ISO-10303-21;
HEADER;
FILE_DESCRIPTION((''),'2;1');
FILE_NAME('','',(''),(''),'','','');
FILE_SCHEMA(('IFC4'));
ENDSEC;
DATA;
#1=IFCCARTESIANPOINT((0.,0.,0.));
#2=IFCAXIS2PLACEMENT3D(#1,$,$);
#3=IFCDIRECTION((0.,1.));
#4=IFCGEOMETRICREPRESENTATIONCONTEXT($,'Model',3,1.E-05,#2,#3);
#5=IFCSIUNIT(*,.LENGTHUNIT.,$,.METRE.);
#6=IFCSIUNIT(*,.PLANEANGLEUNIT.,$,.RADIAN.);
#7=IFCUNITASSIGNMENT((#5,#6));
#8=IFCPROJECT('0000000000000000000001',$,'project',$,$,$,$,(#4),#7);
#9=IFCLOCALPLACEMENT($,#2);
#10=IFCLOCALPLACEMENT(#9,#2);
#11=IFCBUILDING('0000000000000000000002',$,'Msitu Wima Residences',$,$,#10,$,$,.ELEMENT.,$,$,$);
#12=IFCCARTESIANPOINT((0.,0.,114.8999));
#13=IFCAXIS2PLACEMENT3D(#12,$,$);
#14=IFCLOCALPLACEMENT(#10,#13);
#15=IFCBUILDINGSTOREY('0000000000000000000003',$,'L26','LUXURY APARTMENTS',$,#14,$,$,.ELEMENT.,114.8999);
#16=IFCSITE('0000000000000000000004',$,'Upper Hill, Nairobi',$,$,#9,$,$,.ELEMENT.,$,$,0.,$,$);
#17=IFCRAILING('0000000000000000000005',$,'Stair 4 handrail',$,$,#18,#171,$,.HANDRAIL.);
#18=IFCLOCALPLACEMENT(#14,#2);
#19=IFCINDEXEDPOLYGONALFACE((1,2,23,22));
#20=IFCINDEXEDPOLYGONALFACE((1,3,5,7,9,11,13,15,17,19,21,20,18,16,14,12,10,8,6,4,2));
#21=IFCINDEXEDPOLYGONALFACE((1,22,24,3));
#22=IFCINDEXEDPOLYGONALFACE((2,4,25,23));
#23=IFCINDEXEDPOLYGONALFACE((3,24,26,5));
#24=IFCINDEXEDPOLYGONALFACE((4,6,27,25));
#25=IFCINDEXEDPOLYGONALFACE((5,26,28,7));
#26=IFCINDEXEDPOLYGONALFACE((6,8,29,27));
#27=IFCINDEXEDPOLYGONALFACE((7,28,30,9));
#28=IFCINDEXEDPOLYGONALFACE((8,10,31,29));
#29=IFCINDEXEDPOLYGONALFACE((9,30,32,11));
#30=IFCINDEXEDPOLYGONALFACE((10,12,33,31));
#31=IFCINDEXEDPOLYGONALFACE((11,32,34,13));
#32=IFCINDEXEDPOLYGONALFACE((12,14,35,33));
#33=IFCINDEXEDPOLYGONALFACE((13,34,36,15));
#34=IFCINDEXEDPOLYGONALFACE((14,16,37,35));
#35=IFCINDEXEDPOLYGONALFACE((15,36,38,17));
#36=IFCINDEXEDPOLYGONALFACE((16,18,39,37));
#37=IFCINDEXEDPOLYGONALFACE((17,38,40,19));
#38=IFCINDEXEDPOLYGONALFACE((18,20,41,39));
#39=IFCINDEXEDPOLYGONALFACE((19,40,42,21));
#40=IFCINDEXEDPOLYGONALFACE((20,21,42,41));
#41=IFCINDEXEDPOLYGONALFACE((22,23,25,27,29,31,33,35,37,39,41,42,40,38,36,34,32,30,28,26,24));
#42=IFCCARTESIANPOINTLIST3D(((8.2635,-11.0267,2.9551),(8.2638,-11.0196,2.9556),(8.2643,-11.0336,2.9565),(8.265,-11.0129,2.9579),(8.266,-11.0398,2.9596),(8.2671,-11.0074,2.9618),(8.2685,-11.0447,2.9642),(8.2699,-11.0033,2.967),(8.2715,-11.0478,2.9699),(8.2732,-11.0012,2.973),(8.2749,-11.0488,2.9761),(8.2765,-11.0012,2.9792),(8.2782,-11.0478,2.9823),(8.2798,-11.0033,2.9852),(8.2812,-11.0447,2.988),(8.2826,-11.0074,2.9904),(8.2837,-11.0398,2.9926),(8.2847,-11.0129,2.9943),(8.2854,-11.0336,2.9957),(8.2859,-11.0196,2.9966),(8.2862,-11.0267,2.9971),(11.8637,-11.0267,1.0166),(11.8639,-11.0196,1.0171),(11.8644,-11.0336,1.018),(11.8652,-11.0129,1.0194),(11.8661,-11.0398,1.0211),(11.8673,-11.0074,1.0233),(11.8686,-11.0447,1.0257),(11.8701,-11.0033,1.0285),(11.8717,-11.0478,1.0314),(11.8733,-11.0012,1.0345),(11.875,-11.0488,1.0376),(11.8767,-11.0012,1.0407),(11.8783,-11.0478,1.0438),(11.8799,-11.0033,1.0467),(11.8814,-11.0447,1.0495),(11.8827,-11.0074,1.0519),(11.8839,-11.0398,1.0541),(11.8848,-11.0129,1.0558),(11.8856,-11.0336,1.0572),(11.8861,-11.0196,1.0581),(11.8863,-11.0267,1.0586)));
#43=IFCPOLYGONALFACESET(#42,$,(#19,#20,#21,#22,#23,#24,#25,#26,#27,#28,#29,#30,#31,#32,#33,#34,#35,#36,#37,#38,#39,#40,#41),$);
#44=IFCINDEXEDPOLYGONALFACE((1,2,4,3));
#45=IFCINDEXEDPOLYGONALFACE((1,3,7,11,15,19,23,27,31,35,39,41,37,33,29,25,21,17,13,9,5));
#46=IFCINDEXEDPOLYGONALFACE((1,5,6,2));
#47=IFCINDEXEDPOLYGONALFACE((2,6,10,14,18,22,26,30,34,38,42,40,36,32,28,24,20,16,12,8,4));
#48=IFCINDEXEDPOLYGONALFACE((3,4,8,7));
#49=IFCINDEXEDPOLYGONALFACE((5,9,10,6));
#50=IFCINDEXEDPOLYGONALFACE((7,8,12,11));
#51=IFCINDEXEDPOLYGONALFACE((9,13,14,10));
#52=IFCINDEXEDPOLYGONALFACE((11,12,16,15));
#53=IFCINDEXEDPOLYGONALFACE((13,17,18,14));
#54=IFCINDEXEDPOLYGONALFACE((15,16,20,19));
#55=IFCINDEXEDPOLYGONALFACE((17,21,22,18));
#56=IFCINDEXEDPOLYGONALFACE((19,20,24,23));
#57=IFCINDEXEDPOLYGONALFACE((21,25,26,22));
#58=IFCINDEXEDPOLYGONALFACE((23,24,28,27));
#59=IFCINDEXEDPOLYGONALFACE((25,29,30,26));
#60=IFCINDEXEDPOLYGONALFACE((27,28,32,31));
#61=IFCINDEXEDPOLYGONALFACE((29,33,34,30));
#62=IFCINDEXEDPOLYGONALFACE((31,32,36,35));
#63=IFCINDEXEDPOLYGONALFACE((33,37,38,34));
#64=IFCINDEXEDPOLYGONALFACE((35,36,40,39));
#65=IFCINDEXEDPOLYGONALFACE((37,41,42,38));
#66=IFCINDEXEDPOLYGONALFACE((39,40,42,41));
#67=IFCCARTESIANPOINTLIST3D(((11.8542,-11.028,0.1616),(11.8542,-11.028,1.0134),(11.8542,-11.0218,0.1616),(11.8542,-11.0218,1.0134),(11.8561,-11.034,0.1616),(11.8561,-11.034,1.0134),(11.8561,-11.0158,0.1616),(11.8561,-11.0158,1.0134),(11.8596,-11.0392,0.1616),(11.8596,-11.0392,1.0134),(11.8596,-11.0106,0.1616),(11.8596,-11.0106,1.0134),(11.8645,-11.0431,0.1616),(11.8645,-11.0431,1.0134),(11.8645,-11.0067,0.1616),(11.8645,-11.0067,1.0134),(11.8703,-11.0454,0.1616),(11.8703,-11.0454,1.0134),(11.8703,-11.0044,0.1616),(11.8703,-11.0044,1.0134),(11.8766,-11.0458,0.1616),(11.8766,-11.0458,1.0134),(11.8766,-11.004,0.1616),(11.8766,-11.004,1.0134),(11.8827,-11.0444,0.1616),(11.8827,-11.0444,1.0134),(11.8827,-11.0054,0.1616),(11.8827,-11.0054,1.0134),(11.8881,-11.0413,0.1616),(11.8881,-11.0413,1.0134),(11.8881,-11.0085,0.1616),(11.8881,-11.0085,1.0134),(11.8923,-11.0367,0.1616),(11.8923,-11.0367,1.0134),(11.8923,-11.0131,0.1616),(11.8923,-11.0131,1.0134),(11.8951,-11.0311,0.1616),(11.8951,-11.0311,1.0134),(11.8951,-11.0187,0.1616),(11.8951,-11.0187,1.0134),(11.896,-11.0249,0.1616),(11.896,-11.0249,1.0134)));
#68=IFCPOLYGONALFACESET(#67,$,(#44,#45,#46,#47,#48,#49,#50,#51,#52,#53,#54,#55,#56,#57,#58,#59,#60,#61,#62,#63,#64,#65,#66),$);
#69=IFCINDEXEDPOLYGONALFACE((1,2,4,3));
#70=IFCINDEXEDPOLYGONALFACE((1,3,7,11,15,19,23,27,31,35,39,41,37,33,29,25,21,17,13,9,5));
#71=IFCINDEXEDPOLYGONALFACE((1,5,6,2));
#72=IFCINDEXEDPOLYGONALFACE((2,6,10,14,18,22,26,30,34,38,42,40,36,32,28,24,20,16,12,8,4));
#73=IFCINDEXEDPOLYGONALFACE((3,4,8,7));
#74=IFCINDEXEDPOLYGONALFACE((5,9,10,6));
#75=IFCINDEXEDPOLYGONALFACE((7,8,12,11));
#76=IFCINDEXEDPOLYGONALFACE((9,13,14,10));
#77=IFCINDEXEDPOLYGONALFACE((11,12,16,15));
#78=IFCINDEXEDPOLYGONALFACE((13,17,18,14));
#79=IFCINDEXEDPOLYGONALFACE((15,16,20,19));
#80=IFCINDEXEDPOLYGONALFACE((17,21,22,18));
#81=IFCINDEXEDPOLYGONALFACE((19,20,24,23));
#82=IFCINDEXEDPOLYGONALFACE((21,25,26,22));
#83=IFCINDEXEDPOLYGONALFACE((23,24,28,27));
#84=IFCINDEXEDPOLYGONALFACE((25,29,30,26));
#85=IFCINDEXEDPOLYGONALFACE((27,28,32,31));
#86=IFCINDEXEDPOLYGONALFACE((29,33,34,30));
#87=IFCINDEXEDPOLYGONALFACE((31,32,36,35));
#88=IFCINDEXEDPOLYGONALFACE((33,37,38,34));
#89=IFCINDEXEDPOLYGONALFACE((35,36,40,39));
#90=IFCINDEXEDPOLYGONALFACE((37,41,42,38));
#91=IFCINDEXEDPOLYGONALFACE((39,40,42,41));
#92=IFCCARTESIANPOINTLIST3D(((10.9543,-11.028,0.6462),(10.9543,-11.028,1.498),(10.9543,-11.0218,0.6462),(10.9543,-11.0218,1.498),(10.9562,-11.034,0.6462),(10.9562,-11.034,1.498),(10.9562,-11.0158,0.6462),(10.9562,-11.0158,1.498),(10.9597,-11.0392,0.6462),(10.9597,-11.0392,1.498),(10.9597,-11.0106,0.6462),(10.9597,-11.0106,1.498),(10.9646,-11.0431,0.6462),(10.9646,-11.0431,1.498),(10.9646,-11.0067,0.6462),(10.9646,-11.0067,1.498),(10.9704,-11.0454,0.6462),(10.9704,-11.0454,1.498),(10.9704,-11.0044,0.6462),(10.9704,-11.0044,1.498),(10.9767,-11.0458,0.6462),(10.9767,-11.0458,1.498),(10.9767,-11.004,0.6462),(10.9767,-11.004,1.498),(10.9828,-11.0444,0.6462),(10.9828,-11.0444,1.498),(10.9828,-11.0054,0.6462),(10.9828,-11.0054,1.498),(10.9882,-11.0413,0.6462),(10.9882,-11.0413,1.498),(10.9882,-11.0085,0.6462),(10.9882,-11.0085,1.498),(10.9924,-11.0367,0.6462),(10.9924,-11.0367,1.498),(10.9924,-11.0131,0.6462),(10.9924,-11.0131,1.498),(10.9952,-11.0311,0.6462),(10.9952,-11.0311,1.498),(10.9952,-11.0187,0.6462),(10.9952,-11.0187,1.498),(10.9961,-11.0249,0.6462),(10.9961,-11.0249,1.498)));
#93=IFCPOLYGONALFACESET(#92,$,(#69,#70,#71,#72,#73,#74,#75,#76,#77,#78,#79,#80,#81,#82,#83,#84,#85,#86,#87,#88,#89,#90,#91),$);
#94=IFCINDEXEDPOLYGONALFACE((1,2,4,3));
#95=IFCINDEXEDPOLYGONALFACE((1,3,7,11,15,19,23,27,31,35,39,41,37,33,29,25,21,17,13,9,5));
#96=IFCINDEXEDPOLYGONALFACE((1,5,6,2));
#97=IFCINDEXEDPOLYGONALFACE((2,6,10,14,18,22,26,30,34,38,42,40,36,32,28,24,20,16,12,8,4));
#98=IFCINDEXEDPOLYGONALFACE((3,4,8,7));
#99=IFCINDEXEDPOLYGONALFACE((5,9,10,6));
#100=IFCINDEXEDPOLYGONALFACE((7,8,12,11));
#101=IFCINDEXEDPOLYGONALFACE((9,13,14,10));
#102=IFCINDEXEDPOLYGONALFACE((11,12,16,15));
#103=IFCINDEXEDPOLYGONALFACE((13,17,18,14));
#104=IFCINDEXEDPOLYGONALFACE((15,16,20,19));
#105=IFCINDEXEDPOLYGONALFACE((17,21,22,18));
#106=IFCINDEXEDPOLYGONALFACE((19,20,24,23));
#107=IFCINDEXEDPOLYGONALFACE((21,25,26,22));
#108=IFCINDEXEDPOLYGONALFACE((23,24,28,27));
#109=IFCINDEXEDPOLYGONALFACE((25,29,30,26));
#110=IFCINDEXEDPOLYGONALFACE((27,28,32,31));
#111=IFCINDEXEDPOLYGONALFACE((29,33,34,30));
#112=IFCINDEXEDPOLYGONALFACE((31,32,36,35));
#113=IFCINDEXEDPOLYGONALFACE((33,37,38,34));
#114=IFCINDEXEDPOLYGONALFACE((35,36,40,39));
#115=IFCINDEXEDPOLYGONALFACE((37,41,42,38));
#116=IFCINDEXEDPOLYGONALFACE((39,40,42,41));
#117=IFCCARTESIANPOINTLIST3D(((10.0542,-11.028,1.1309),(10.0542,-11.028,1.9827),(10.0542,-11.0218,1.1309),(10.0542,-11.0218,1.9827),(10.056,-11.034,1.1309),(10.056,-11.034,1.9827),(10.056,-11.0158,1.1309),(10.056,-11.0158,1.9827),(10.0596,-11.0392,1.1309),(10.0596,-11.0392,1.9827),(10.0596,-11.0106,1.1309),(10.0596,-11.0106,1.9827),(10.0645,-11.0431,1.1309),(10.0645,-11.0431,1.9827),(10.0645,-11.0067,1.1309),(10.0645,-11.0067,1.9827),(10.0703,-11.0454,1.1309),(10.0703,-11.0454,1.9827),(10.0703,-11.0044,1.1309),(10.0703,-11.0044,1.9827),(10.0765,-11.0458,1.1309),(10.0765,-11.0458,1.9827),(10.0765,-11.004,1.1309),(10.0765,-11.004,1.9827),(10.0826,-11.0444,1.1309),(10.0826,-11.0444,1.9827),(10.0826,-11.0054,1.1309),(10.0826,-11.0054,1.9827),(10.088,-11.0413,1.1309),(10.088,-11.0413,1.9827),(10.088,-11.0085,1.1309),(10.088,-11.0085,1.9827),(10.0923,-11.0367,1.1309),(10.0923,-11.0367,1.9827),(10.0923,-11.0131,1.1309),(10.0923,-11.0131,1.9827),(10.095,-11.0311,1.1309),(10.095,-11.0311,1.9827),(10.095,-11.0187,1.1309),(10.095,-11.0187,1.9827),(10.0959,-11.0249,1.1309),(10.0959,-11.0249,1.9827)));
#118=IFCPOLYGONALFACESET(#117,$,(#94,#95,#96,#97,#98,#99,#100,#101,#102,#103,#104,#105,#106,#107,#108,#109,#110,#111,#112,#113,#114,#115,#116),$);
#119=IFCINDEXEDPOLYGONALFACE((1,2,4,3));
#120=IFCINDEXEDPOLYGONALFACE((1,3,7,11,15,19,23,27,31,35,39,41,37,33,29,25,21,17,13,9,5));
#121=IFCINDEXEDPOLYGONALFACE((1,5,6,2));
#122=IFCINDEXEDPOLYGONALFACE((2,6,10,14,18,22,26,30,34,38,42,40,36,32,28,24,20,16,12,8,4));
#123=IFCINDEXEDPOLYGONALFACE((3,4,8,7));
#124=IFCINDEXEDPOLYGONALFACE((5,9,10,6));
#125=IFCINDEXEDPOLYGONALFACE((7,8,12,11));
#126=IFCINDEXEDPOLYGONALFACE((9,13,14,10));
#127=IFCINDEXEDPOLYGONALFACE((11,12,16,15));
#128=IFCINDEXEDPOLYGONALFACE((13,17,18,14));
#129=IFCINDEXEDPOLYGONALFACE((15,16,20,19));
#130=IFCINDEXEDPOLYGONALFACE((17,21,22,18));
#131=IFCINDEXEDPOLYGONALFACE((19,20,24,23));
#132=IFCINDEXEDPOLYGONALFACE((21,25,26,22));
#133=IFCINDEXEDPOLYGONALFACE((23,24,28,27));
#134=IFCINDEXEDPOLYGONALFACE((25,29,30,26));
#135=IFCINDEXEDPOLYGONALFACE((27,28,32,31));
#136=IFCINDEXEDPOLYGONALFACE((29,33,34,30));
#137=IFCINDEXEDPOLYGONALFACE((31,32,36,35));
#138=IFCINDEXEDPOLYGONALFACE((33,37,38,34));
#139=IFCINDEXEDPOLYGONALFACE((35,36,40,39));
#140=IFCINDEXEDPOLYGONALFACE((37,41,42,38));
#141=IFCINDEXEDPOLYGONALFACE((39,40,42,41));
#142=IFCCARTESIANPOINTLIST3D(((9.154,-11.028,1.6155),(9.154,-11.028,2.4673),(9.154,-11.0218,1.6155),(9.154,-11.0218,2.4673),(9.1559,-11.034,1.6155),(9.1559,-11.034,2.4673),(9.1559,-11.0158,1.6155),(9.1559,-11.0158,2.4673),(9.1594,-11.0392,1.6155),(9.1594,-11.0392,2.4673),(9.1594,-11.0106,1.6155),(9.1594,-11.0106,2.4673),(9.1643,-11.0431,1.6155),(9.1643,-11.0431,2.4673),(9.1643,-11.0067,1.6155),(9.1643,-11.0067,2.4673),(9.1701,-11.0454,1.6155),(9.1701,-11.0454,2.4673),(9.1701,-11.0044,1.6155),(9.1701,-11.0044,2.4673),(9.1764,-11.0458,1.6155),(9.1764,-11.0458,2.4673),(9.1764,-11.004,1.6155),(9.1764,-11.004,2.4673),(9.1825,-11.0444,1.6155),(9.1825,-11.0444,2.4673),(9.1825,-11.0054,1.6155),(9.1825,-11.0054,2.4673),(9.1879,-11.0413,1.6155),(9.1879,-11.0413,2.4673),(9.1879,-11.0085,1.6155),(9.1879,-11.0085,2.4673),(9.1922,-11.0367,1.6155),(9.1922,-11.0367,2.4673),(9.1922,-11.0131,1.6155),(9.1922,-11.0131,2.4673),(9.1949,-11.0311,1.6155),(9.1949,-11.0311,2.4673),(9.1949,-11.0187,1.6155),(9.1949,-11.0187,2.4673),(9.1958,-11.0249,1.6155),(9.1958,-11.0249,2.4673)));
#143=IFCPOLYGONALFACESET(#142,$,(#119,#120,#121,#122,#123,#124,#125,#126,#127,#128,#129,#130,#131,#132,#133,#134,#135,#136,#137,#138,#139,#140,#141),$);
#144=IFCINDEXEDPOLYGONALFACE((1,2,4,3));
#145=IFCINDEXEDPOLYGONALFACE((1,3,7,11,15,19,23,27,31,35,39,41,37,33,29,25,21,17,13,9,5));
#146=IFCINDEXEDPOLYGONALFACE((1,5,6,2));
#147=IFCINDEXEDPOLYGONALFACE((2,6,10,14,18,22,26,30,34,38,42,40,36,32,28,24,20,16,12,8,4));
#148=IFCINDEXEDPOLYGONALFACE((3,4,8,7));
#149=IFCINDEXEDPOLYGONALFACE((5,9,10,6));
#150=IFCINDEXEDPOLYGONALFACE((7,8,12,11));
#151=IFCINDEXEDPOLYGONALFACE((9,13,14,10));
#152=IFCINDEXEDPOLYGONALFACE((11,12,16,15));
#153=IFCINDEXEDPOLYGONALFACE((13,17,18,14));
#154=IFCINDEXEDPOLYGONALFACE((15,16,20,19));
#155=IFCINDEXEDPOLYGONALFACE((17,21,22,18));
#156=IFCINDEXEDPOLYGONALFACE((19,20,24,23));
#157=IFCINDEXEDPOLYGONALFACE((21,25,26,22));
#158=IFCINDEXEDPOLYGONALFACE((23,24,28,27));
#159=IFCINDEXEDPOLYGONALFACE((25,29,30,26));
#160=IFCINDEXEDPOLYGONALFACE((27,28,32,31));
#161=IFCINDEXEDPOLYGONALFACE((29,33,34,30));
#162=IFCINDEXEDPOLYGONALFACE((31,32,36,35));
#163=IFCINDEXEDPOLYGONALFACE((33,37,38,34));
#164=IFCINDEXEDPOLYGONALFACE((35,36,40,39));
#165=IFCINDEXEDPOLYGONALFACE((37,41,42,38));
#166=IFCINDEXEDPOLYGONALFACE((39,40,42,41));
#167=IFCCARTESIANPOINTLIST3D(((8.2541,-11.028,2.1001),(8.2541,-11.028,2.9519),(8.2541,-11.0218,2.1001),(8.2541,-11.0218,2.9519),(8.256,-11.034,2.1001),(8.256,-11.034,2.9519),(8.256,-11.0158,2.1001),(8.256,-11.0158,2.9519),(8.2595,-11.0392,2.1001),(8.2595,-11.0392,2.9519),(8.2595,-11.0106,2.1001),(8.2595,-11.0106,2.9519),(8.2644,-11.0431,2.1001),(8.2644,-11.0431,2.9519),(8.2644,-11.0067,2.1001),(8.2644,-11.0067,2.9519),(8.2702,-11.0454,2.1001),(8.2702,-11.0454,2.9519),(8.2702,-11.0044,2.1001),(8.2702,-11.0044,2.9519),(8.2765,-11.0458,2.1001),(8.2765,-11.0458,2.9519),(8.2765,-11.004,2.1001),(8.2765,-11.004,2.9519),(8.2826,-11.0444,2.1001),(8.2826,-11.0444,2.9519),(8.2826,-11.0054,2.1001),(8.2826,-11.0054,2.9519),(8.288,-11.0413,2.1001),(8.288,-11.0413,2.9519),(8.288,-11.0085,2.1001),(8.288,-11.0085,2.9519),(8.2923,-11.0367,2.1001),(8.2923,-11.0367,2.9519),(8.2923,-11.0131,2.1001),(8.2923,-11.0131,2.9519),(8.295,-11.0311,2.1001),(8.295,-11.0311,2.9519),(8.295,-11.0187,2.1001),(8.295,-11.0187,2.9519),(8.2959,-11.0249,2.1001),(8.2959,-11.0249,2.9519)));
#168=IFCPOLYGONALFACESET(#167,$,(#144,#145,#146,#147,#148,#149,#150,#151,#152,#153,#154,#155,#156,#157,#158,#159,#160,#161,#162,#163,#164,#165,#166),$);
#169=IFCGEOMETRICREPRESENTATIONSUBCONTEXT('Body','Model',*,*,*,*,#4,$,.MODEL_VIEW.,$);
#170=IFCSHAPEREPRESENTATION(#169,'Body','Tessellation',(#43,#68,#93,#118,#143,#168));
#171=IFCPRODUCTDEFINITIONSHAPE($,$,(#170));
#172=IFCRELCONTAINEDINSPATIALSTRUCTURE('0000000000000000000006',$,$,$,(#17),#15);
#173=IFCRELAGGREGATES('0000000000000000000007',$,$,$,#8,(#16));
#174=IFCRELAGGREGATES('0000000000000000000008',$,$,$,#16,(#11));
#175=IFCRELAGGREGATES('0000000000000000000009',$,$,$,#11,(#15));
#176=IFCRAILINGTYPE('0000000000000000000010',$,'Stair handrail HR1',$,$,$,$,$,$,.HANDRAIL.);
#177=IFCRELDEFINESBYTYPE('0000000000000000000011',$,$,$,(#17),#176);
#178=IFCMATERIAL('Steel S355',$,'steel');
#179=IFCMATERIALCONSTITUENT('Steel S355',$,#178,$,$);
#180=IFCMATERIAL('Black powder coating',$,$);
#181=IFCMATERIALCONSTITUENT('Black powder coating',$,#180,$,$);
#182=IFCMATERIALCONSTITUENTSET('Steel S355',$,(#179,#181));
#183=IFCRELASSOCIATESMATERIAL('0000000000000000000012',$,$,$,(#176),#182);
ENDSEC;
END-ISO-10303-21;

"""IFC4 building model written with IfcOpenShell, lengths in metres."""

from ifc_helpers import new_model, si_unit, direction, frame, origin, origin_2d, place, context, subcontext, project, spatial, circle, extrude, material, constituent, constituent_set, type_object, element, save


model = new_model("IFC4")

# Units and contexts
model_context = context("Model", 3, precision=1e-05, world=origin(), true_north=direction((0.0, 1.0)))
body_context = subcontext(model_context, "Body", "Model", "MODEL_VIEW")
ifc_project = project(units=[si_unit("LENGTHUNIT", "METRE"), si_unit("PLANEANGLEUNIT", "RADIAN")], contexts=[model_context])

# Site, building, storey
site_placement = place(None, origin())
site = spatial("IfcSite", under=ifc_project, at=site_placement, Name="Upper Hill, Nairobi", CompositionType="ELEMENT", RefElevation=0.0)
building_placement = place(site_placement, origin())
building = spatial("IfcBuilding", under=site, at=building_placement, Name="Msitu Wima Residences", CompositionType="ELEMENT")
storey_placement = place(building_placement, frame((0.0, 0.0, 114.8999)))
storey = spatial("IfcBuildingStorey", under=building, at=storey_placement, Name="L26", Description="LUXURY APARTMENTS", CompositionType="ELEMENT", Elevation=114.8999)

# Railing
ifc_material_1 = material(Name="Steel S355", Category="steel")
ifc_constituent_1 = constituent(ifc_material_1, Name="Steel S355")
ifc_material_2 = material(Name="Black powder coating")
ifc_constituent_2 = constituent(ifc_material_2, Name="Black powder coating")
ifc_constituent_set = constituent_set(constituents=[ifc_constituent_1, ifc_constituent_2], Name="Steel S355")
railing_type = type_object("IfcRailingType", Name="Stair handrail HR1", PredefinedType="HANDRAIL", material=ifc_constituent_set)
for number, where, name in (
    (1, (11.875, -11.0249, 0.1616), "Stair 4 handrail"),
):
    element("IfcRailing", number, at=place(storey_placement, frame(where)), inside=storey, type_object=railing_type, Name=name, PredefinedType="HANDRAIL", context=body_context, shape_type="SweptSolid", body=[
        extrude(circle(Radius=0.0239, at=origin_2d()), frame((0.0, 0.0, 0.876), z_axis=(-0.880475, 0.0, 0.474093), x_axis=(0.0, -1.0, 0.0)), (0.0, 0.0, 1.0), 4.0889),
        extrude(circle(Radius=0.021, at=origin_2d()), origin(), (0.0, 0.0, 1.0), 0.8518),
        extrude(circle(Radius=0.021, at=origin_2d()), frame((-0.8999, 0.0, 0.4846)), (0.0, 0.0, 1.0), 0.8518),
        extrude(circle(Radius=0.021, at=origin_2d()), frame((-1.8, 0.0, 0.9692)), (0.0, 0.0, 1.0), 0.8518),
        extrude(circle(Radius=0.021, at=origin_2d()), frame((-2.7002, 0.0, 1.4539)), (0.0, 0.0, 1.0), 0.8518),
        extrude(circle(Radius=0.021, at=origin_2d()), frame((-3.6001, 0.0, 1.9385)), (0.0, 0.0, 1.0), 0.8518),
    ])

save(model, "model.ifc")
